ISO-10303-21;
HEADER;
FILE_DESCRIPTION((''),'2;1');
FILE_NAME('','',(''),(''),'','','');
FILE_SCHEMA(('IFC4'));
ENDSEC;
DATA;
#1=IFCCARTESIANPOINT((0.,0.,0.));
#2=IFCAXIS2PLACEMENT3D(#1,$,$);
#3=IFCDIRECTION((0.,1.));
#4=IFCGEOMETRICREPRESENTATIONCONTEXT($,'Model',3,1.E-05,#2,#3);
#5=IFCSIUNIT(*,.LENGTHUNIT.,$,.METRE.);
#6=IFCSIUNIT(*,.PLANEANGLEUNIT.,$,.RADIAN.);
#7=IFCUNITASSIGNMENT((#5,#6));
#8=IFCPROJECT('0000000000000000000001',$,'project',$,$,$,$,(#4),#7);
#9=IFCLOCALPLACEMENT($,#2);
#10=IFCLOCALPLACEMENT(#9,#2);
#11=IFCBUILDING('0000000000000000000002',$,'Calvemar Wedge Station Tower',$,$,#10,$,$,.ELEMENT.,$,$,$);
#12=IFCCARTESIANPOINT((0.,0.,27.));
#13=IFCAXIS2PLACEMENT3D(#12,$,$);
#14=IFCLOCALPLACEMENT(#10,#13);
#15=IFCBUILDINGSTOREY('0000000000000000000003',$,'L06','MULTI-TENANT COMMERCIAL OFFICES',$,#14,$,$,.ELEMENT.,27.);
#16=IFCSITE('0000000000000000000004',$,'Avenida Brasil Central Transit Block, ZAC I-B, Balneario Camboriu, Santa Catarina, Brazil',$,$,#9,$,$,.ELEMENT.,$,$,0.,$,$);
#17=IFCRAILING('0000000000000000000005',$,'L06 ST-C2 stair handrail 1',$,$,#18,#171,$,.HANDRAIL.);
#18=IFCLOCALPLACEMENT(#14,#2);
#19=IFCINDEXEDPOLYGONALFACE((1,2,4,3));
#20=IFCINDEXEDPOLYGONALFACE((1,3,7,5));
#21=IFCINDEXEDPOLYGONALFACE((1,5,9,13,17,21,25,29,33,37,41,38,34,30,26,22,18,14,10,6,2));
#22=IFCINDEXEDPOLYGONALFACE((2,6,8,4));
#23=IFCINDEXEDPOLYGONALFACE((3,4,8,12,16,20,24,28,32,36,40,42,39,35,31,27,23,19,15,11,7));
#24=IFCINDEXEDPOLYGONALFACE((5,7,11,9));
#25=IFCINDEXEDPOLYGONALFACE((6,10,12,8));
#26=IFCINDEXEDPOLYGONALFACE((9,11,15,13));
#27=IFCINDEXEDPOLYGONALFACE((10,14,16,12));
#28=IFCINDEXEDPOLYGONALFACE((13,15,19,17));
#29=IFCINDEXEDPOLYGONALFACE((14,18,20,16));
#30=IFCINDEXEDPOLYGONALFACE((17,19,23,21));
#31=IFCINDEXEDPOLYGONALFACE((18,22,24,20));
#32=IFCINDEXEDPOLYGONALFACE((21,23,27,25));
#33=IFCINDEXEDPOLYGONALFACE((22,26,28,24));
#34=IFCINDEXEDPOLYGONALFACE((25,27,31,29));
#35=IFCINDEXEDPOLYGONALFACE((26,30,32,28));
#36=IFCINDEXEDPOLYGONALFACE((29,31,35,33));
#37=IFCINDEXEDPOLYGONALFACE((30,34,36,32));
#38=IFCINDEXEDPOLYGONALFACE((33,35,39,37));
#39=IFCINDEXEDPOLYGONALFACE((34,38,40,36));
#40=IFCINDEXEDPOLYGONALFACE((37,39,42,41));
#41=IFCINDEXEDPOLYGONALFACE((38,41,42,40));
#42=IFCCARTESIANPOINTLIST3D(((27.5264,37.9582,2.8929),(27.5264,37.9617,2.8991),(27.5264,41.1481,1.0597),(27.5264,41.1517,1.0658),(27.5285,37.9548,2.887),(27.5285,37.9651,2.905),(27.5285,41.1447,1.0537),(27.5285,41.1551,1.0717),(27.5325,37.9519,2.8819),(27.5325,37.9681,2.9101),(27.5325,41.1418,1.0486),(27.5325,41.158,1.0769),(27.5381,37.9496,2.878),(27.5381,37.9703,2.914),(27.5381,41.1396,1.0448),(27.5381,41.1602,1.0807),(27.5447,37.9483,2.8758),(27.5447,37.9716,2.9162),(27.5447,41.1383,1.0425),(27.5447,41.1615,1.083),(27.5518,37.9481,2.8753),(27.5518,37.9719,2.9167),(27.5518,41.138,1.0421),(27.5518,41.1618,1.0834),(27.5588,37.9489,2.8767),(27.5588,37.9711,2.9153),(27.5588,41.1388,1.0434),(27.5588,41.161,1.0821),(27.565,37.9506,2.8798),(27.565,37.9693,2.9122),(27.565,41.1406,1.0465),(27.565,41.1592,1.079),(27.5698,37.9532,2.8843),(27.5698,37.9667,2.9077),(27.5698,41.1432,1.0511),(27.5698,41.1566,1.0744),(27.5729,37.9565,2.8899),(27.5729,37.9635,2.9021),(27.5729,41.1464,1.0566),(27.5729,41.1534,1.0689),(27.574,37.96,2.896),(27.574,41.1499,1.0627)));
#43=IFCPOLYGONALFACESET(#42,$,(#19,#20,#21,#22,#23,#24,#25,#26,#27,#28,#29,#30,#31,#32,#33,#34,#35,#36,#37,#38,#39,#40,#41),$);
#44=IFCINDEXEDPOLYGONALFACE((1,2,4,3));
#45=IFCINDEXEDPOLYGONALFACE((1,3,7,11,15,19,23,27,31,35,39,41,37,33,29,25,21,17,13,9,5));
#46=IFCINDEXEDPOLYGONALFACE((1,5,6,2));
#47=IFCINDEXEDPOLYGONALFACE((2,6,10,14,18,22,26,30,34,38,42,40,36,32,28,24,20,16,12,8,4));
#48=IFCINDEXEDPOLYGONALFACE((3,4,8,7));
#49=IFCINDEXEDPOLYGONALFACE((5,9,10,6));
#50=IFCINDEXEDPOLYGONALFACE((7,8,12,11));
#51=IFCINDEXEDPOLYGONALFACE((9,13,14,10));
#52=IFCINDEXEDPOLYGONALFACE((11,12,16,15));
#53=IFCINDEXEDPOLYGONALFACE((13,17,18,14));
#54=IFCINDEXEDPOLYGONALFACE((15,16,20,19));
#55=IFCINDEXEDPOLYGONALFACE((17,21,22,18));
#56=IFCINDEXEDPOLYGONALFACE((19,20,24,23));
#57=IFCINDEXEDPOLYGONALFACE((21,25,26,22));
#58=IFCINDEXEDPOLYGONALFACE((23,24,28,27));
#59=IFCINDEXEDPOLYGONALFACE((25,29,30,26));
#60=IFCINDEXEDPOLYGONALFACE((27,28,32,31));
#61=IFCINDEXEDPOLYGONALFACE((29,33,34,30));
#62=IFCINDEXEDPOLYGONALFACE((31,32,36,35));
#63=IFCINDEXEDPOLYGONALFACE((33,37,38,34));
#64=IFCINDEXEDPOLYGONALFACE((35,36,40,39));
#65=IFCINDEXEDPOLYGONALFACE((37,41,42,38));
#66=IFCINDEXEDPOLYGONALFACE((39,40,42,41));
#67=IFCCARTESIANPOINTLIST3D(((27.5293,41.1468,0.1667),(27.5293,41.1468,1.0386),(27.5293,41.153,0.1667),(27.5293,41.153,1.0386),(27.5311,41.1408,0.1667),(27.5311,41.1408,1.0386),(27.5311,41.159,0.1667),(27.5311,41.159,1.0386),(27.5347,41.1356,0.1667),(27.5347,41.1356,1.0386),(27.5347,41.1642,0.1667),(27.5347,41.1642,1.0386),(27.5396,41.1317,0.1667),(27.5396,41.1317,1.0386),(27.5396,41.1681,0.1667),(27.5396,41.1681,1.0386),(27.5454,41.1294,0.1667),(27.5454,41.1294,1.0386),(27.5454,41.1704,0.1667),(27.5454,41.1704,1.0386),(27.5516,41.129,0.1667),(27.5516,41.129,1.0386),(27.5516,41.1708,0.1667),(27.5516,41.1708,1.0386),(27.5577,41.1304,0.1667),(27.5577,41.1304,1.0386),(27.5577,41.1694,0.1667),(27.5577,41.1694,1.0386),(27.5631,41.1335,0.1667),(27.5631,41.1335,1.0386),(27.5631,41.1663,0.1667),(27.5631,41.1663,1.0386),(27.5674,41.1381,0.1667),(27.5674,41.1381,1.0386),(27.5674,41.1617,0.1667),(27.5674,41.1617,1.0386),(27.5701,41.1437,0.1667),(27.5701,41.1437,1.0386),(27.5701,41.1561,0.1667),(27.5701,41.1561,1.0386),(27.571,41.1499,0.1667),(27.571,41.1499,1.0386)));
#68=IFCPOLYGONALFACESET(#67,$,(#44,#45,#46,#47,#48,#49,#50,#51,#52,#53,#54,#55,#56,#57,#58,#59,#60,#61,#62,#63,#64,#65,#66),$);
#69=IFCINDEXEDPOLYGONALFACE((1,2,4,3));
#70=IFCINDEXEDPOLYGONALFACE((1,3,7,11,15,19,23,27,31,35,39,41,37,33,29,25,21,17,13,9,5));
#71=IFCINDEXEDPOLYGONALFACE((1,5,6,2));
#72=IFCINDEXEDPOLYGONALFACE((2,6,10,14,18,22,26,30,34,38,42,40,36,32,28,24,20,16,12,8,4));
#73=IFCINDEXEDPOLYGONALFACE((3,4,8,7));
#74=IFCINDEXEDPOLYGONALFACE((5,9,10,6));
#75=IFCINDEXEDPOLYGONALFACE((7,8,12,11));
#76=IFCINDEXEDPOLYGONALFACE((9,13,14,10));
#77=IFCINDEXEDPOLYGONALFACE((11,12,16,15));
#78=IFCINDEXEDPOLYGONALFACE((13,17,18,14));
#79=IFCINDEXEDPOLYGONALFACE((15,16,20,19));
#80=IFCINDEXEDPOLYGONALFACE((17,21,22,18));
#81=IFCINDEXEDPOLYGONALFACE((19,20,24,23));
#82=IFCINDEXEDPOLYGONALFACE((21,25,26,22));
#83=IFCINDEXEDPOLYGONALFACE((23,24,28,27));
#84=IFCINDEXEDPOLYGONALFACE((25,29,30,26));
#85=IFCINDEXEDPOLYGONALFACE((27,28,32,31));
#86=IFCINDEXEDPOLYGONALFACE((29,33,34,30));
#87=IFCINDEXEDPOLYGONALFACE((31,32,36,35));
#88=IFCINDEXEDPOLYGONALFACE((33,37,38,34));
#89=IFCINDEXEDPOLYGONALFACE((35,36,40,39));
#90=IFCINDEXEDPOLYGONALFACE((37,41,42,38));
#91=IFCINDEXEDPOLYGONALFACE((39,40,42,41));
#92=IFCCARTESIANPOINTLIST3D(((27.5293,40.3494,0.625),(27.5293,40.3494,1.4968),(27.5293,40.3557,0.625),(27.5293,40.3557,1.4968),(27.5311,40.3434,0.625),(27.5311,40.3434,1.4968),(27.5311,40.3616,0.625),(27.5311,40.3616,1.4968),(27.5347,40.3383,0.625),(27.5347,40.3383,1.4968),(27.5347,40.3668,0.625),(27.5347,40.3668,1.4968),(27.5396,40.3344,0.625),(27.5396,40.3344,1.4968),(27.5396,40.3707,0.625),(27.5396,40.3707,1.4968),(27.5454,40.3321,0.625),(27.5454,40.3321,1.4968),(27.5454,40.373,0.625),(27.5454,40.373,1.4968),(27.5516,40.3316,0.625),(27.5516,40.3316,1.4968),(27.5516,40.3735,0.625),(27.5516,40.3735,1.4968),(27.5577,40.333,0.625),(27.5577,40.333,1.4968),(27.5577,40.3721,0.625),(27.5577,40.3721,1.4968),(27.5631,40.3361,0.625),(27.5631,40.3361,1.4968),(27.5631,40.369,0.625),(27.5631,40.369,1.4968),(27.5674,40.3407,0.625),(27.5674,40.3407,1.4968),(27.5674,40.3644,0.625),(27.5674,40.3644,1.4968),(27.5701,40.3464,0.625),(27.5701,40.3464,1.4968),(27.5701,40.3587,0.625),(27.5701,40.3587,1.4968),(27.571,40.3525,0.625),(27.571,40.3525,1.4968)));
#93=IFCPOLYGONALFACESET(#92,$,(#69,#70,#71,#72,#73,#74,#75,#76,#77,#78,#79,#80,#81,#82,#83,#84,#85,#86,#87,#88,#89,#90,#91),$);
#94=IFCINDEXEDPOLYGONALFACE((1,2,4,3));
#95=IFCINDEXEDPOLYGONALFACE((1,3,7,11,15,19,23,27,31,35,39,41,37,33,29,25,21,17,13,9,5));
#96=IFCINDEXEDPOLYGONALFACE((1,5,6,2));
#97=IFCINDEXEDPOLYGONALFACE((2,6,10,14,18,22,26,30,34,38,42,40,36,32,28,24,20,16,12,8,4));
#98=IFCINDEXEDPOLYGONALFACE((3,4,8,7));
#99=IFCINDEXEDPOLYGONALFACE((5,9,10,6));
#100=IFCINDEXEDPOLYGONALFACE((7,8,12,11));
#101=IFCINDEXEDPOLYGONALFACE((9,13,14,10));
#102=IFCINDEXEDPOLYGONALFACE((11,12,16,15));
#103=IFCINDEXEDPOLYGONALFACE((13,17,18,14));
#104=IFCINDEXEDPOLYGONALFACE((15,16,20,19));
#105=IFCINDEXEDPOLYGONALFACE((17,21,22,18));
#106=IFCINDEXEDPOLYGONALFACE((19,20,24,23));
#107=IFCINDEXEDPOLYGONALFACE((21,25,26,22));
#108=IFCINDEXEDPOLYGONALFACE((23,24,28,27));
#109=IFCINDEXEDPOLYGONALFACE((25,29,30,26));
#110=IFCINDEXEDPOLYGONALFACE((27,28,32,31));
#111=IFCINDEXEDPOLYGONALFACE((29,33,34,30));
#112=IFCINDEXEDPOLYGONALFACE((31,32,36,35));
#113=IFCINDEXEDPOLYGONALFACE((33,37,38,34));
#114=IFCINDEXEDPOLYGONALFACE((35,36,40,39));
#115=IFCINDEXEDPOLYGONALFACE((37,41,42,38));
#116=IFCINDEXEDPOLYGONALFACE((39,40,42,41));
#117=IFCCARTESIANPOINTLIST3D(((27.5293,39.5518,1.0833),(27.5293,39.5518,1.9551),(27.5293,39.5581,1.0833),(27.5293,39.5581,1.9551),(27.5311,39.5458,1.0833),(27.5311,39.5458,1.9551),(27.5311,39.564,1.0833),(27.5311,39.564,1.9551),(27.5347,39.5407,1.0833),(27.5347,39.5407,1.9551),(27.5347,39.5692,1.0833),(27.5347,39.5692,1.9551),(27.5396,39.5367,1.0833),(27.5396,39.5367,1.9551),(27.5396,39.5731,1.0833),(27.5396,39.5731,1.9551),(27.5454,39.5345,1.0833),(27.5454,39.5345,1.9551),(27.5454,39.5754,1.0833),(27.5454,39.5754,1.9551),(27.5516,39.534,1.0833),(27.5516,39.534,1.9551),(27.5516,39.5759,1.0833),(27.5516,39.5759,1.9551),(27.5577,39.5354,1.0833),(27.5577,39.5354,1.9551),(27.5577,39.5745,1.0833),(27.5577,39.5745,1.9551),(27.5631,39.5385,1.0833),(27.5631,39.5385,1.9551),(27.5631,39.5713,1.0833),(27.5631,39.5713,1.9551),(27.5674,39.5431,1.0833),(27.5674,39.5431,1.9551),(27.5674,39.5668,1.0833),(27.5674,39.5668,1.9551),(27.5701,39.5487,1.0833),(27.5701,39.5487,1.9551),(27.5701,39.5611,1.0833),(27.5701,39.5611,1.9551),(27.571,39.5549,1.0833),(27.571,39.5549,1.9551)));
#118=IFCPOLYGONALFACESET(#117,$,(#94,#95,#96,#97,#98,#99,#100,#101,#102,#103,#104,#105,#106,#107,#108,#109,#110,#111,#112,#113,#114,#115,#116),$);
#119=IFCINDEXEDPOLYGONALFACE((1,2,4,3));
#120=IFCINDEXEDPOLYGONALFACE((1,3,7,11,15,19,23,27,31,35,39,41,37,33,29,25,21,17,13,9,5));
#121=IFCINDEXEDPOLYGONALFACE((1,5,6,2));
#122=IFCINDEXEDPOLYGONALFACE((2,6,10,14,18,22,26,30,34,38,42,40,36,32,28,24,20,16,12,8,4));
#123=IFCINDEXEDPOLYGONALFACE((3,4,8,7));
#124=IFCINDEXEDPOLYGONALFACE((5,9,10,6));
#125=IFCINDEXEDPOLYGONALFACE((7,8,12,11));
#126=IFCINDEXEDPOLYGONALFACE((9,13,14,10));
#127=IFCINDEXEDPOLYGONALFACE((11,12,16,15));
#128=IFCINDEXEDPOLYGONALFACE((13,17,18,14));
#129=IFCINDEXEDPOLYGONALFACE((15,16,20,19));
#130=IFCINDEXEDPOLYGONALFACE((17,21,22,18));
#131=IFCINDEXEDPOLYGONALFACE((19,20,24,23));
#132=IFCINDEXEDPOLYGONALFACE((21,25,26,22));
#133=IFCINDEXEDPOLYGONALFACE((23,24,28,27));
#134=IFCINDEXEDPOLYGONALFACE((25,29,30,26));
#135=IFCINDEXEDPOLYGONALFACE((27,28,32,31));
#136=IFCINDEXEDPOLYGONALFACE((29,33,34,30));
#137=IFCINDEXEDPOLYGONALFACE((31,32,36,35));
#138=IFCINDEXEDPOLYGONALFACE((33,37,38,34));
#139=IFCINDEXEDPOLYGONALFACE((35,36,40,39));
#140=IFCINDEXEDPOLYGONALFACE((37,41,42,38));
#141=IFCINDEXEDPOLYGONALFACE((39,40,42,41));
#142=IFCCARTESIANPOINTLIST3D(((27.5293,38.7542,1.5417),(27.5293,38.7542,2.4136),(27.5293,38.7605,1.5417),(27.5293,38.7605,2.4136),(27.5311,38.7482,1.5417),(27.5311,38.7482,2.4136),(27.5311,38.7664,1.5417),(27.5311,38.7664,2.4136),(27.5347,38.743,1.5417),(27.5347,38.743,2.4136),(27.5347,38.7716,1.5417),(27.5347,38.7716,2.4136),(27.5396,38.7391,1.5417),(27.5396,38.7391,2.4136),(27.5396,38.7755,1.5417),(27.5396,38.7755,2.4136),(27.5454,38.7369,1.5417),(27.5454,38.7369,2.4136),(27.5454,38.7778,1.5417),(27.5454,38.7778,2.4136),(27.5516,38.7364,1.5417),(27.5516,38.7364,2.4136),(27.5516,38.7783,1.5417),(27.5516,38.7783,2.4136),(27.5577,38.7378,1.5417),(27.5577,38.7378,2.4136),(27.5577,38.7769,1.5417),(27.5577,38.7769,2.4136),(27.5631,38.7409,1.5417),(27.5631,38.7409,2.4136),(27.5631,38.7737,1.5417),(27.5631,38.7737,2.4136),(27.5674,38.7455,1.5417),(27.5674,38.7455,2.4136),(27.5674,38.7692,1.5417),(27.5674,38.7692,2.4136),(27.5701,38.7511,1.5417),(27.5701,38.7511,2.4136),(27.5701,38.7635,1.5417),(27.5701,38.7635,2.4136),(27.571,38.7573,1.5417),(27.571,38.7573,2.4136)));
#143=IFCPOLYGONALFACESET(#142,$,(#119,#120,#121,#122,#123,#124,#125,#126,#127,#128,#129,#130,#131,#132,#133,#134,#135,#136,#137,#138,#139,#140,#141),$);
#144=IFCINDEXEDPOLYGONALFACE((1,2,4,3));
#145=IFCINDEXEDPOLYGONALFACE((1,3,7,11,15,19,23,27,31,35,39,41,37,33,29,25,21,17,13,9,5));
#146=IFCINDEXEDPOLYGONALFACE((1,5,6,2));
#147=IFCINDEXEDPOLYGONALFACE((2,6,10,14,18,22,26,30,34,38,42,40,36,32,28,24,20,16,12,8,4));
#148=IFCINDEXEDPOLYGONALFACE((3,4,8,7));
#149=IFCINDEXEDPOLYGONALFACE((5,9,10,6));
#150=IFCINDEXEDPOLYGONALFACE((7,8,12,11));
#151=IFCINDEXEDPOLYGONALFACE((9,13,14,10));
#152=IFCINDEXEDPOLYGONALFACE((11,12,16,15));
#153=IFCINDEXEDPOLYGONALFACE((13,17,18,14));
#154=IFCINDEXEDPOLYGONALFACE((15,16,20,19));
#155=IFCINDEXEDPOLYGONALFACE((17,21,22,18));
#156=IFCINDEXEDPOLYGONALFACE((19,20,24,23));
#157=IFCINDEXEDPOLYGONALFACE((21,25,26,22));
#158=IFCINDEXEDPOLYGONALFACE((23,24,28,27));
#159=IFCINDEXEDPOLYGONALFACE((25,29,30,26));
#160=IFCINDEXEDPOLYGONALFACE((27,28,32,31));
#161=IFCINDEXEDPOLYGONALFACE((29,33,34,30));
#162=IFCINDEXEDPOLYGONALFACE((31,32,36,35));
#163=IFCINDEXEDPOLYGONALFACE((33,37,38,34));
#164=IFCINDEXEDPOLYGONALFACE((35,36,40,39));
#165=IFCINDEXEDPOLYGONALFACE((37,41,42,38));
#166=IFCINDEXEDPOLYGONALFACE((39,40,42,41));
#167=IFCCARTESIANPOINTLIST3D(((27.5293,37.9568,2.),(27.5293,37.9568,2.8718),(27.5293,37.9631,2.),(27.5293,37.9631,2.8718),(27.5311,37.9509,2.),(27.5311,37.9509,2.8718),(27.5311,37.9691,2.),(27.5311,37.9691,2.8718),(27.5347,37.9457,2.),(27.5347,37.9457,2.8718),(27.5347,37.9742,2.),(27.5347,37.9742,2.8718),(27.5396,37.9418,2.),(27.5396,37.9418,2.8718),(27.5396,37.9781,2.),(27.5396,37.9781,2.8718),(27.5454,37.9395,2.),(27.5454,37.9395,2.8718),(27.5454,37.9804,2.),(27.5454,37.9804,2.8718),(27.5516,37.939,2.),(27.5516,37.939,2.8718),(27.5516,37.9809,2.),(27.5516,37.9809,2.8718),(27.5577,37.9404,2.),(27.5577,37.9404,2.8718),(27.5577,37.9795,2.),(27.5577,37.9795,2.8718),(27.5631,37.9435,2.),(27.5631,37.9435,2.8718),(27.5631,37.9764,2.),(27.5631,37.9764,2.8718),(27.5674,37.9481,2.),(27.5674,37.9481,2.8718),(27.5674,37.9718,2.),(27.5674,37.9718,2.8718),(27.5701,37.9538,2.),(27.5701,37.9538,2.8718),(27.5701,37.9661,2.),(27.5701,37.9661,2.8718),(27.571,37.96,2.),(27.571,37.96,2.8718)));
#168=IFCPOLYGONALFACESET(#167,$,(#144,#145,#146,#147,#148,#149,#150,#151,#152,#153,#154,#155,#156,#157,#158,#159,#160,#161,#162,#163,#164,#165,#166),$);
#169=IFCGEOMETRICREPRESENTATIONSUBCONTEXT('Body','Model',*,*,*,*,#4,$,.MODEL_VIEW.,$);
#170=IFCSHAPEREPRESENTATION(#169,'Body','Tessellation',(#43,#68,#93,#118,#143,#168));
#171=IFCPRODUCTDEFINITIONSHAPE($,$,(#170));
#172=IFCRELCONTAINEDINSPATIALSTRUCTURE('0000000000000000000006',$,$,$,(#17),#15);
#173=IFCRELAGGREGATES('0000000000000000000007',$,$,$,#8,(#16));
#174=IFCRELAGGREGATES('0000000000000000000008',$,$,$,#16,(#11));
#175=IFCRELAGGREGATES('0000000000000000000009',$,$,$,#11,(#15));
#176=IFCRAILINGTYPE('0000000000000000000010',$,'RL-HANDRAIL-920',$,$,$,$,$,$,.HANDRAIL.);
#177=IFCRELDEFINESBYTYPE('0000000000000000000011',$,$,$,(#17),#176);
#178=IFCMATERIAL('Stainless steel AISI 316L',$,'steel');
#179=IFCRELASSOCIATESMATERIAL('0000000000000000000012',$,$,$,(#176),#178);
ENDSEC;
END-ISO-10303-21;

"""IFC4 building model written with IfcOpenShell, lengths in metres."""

from ifc_helpers import new_model, si_unit, direction, frame, origin, origin_2d, place, context, subcontext, project, spatial, circle, extrude, material, type_object, element, save


model = new_model("IFC4")

# Units and contexts
model_context = context("Model", 3, precision=1e-05, world=origin(), true_north=direction((0.0, 1.0)))
body_context = subcontext(model_context, "Body", "Model", "MODEL_VIEW")
ifc_project = project(units=[si_unit("LENGTHUNIT", "METRE"), si_unit("PLANEANGLEUNIT", "RADIAN")], contexts=[model_context])

# Site, building, storey
site_placement = place(None, origin())
site = spatial("IfcSite", under=ifc_project, at=site_placement, Name="Avenida Brasil Central Transit Block, ZAC I-B, Balneario Camboriu, Santa Catarina, Brazil", CompositionType="ELEMENT", RefElevation=0.0)
building_placement = place(site_placement, origin())
building = spatial("IfcBuilding", under=site, at=building_placement, Name="Calvemar Wedge Station Tower", CompositionType="ELEMENT")
storey_placement = place(building_placement, frame((0.0, 0.0, 27.0)))
storey = spatial("IfcBuildingStorey", under=building, at=storey_placement, Name="L06", Description="MULTI-TENANT COMMERCIAL OFFICES", CompositionType="ELEMENT", Elevation=27.0)

# Railing
ifc_material_1 = material(Name="Stainless steel AISI 316L", Category="steel")
railing_type_1 = type_object("IfcRailingType", Name="RL-HANDRAIL-920", PredefinedType="HANDRAIL", material=ifc_material_1)
railing_1_placement = place(storey_placement, frame((27.55, 41.1499, 0.1667)))
element("IfcRailing", 1, at=railing_1_placement, inside=storey, type_object=railing_type_1, Name="L06 ST-C2 stair handrail 1", PredefinedType="HANDRAIL", context=body_context, shape_type="SweptSolid", body=[
    extrude(circle(Radius=0.0239, at=origin_2d()), frame((0.0, 0.0, 0.896), z_axis=(0.0, -0.86702, 0.498274), x_axis=(1.0, 0.0, 0.0)), (0.0, 0.0, 1.0), 3.6792),
    extrude(circle(Radius=0.021, at=origin_2d()), origin(), (0.0, 0.0, 1.0), 0.8718),
    extrude(circle(Radius=0.021, at=origin_2d()), frame((0.0, -0.7974, 0.4583)), (0.0, 0.0, 1.0), 0.8718),
    extrude(circle(Radius=0.021, at=origin_2d()), frame((0.0, -1.595, 0.9165)), (0.0, 0.0, 1.0), 0.8718),
    extrude(circle(Radius=0.021, at=origin_2d()), frame((0.0, -2.3926, 1.375)), (0.0, 0.0, 1.0), 0.8718),
    extrude(circle(Radius=0.021, at=origin_2d()), frame((0.0, -3.1899, 1.8333)), (0.0, 0.0, 1.0), 0.8718),
])

save(model, "model.ifc")
